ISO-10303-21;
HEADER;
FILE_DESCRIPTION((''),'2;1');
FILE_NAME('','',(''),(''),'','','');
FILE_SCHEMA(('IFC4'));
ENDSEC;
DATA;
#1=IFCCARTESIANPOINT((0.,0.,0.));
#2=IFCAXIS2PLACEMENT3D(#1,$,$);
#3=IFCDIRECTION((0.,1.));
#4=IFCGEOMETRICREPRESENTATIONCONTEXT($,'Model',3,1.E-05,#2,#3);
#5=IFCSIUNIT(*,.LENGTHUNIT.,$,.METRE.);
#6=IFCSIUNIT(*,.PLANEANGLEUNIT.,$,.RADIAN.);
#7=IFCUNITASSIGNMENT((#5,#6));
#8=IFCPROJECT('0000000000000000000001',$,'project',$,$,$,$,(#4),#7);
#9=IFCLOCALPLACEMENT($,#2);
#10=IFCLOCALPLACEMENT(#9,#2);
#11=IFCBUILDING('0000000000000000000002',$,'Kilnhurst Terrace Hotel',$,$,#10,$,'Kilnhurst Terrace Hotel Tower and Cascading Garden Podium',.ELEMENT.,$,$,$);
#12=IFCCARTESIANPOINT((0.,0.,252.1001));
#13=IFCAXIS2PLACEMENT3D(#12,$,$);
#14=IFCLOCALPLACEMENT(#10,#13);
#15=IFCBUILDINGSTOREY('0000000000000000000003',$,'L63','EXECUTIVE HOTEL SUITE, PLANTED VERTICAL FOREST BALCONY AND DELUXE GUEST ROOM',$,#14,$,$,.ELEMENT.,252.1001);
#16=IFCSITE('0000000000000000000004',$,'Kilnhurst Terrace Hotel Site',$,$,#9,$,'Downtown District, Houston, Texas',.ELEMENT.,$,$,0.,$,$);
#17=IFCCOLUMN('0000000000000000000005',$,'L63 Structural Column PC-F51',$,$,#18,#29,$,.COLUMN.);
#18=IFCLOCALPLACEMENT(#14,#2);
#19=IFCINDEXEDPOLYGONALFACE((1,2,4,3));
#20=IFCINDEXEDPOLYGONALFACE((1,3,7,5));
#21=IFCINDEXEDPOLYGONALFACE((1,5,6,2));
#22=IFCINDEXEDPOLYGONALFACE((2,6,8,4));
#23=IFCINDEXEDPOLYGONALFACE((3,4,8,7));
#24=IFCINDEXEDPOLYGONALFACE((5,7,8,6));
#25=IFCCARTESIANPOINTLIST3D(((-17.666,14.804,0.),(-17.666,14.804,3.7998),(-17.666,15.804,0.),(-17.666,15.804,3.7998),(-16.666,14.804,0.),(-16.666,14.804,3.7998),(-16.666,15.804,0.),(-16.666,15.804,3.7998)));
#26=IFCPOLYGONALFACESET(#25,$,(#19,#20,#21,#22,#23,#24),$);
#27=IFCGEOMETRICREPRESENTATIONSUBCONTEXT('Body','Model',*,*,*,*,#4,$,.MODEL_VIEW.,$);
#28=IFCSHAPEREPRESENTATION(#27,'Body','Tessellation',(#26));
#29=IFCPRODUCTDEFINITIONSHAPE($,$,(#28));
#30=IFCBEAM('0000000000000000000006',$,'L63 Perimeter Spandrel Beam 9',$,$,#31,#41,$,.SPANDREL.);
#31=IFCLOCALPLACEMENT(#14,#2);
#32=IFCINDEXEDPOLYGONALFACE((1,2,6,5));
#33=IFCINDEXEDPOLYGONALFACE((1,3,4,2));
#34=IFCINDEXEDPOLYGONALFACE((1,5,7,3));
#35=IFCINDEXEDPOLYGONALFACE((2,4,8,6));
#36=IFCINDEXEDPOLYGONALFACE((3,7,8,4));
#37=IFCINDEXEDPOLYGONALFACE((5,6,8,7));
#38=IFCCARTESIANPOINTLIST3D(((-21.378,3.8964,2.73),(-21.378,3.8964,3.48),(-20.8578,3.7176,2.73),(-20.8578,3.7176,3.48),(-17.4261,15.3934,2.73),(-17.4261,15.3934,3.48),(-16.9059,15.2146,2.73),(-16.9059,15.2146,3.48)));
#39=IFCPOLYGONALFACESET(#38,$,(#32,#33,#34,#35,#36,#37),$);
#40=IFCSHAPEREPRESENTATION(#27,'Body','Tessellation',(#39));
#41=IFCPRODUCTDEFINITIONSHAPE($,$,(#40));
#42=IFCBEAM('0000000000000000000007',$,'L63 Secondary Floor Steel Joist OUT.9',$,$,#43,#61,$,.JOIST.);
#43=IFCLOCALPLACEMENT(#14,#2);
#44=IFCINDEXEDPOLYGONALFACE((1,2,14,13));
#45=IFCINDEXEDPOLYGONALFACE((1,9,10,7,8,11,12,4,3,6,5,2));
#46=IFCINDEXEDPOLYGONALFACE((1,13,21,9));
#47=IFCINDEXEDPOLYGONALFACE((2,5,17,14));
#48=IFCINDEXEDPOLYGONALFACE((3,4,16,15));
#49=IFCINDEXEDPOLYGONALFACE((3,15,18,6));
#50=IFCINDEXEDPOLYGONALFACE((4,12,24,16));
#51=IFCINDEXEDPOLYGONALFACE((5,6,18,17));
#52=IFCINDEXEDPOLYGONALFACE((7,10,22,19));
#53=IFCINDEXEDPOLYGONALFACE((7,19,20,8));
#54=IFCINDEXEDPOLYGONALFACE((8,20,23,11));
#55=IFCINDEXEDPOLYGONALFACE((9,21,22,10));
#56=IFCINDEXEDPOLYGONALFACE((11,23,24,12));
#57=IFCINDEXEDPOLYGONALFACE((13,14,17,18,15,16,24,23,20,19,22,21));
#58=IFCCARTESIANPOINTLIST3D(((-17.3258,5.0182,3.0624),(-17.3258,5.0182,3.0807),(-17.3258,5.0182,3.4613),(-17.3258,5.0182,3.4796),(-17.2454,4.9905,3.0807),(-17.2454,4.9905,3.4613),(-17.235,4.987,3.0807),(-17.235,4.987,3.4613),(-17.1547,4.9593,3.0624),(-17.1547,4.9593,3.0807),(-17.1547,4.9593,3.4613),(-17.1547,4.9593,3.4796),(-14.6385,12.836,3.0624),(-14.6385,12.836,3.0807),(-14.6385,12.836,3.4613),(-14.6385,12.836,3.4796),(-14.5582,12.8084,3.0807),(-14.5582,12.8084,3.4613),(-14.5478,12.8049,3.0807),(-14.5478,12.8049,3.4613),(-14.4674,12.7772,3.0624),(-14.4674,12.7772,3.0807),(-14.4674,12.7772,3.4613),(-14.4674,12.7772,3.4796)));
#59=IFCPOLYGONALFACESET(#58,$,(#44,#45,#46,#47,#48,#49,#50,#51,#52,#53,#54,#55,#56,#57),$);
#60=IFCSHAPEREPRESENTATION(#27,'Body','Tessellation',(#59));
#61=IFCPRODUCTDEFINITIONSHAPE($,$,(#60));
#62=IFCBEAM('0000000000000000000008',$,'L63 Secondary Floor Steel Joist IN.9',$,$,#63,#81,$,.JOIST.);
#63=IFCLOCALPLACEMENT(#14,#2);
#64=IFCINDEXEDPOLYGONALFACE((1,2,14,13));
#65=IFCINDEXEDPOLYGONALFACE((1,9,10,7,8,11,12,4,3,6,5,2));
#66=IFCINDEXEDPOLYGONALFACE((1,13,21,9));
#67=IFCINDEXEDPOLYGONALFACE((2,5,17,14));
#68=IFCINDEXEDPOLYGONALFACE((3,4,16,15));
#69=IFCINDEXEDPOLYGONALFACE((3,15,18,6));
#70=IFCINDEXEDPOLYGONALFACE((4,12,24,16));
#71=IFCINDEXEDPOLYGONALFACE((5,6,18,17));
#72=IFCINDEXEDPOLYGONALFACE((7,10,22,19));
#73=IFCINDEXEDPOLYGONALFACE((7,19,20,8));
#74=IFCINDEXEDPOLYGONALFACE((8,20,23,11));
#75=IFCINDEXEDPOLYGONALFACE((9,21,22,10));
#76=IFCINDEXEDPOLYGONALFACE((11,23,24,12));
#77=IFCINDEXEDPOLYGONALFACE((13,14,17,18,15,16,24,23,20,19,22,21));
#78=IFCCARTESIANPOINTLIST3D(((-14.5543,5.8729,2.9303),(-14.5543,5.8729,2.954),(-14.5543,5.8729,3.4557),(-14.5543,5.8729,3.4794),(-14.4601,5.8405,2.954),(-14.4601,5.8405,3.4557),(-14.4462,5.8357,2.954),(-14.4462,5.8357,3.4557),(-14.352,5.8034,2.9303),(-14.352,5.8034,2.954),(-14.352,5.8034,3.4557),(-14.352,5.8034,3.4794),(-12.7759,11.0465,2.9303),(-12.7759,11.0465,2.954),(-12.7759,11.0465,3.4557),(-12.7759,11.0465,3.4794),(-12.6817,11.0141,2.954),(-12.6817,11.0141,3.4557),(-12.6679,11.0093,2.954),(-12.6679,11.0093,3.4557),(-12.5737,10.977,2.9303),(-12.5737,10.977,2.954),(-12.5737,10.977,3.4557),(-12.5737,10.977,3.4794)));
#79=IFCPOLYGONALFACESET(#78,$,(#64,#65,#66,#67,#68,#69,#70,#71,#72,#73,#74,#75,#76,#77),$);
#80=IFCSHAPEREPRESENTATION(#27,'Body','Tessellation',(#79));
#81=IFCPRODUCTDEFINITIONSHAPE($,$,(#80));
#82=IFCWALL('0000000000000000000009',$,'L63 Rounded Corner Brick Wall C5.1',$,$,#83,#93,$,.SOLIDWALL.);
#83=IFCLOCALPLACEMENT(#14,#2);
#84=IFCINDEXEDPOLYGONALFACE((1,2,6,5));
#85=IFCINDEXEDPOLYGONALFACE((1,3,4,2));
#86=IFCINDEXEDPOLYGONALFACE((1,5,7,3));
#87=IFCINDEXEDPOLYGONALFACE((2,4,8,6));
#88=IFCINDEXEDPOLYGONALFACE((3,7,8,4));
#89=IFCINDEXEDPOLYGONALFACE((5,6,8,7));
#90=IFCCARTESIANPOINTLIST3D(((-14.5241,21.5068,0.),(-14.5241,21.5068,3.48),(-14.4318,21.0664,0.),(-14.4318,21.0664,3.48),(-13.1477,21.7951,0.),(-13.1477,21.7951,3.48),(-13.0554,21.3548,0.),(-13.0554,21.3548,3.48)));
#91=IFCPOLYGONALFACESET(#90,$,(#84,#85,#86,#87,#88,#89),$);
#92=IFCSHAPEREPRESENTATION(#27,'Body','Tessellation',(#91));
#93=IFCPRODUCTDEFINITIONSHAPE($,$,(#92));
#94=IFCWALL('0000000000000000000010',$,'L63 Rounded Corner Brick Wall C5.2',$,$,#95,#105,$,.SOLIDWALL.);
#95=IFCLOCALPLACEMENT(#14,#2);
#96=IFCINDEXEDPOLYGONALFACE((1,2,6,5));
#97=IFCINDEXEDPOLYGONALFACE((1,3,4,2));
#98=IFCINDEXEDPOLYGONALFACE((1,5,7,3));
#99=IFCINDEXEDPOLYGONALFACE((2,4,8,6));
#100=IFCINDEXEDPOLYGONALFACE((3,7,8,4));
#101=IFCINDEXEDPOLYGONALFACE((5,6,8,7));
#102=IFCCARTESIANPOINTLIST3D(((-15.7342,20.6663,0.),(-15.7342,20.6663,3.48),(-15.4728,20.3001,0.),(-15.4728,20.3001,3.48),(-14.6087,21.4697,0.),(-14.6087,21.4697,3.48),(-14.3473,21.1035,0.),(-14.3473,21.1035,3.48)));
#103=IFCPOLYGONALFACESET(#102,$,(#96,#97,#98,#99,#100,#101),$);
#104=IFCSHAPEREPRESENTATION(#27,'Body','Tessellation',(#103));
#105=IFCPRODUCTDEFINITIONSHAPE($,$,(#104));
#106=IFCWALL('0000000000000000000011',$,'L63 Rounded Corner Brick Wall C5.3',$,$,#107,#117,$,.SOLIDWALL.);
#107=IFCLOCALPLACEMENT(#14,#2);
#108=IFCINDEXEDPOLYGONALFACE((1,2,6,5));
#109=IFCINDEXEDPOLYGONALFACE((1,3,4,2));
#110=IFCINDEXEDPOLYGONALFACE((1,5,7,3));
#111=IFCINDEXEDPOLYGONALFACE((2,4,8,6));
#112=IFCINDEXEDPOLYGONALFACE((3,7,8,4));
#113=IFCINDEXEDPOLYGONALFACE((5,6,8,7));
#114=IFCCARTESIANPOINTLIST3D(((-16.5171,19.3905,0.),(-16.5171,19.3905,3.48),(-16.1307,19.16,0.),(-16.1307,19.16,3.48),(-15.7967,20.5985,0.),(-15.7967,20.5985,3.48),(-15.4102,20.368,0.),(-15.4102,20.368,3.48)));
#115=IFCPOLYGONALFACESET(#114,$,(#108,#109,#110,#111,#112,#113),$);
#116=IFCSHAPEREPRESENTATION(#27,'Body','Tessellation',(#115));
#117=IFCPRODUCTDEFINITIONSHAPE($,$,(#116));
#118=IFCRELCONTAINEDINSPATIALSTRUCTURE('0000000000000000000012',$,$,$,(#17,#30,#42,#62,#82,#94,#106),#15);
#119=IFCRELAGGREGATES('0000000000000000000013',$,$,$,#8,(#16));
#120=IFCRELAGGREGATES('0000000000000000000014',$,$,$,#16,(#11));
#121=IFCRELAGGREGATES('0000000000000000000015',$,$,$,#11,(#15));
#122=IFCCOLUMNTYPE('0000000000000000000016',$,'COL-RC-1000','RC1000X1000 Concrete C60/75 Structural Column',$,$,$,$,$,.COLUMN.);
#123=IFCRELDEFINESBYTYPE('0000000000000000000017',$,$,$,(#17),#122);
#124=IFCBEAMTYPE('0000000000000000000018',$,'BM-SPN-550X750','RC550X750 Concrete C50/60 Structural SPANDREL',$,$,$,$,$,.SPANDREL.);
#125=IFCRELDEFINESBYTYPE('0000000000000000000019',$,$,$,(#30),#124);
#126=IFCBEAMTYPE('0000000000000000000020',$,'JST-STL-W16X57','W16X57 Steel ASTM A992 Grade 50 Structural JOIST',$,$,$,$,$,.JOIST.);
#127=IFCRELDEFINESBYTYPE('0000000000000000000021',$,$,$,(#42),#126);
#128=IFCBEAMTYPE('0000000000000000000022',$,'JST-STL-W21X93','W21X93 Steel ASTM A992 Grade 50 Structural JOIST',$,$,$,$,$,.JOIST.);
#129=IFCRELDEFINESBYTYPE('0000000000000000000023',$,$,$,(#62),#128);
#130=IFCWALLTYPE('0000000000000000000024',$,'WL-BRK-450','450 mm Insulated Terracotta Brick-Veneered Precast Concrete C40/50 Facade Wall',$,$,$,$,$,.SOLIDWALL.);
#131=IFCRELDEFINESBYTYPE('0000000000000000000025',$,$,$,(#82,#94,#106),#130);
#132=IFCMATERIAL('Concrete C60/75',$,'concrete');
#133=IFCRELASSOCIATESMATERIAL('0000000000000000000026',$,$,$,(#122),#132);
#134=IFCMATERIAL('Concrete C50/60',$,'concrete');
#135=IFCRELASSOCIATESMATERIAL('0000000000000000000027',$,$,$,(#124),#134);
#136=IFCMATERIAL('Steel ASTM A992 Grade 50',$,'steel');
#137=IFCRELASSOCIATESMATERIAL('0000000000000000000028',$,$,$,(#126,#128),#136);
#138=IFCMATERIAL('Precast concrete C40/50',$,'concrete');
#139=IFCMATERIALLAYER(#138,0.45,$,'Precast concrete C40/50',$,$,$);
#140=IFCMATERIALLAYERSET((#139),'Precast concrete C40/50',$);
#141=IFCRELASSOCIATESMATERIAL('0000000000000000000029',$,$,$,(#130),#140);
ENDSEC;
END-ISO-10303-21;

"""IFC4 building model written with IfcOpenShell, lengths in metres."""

from ifc_helpers import new_model, si_unit, direction, frame, frame_2d, origin, origin_2d, place, context, subcontext, project, spatial, rectangle, i_section, extrude, material, layer, layer_set, material_profile, profile_set, type_object, element, save


model = new_model("IFC4")

# Units and contexts
model_context = context("Model", 3, precision=1e-05, world=origin(), true_north=direction((0.0, 1.0)))
body_context = subcontext(model_context, "Body", "Model", "MODEL_VIEW")
ifc_project = project(units=[si_unit("LENGTHUNIT", "METRE"), si_unit("PLANEANGLEUNIT", "RADIAN")], contexts=[model_context])

# Site, building, storey
site_placement = place(None, origin())
site = spatial("IfcSite", under=ifc_project, at=site_placement, Name="Kilnhurst Terrace Hotel Site", LongName="Downtown District, Houston, Texas", CompositionType="ELEMENT", RefElevation=0.0)
building_placement = place(site_placement, origin())
building = spatial("IfcBuilding", under=site, at=building_placement, Name="Kilnhurst Terrace Hotel", LongName="Kilnhurst Terrace Hotel Tower and Cascading Garden Podium", CompositionType="ELEMENT")
storey_placement = place(building_placement, frame((0.0, 0.0, 252.1001)))
storey = spatial("IfcBuildingStorey", under=building, at=storey_placement, Name="L63", Description="EXECUTIVE HOTEL SUITE, PLANTED VERTICAL FOREST BALCONY AND DELUXE GUEST ROOM", CompositionType="ELEMENT", Elevation=252.1001)

# Column
ifc_material_1 = material(Name="Concrete C60/75", Category="concrete")
ifc_material_profile_1 = material_profile(ifc_material_1, rectangle(XDim=1.0, YDim=1.0, at=origin_2d()), Name="RC1000X1000")
ifc_profile_set_1 = profile_set([ifc_material_profile_1], Name="Concrete C60/75")
column_type = type_object("IfcColumnType", Name="COL-RC-1000", Description="RC1000X1000 Concrete C60/75 Structural Column", PredefinedType="COLUMN", material=ifc_profile_set_1)
column_placement = place(storey_placement, frame((-17.166, 15.304, 0.0), z_axis=(0.0, 0.0, 1.0), x_axis=(1.0, 0.0, 0.0)))
element("IfcColumn", 1, at=column_placement, inside=storey, type_object=column_type, Name="L63 Structural Column PC-F51", PredefinedType="COLUMN", context=body_context, shape_type="SweptSolid", body=[
    extrude(rectangle(XDim=1.0, YDim=1.0, at=origin_2d()), origin(), (0.0, 0.0, 1.0), 3.7998),
])

# Beams
ifc_material_2 = material(Name="Concrete C50/60", Category="concrete")
ifc_material_profile_2 = material_profile(ifc_material_2, rectangle(XDim=0.55, YDim=0.75, at=origin_2d()), Name="RC550X750")
ifc_profile_set_2 = profile_set([ifc_material_profile_2], Name="Concrete C50/60")
beam_type_1 = type_object("IfcBeamType", Name="BM-SPN-550X750", Description="RC550X750 Concrete C50/60 Structural SPANDREL", PredefinedType="SPANDREL", material=ifc_profile_set_2)
beam_1_placement = place(storey_placement, frame((-17.166, 15.304, 3.105), z_axis=(-0.325064, -0.945692, 0.0), x_axis=(0.945692, -0.325064, 0.0)))
element("IfcBeam", 2, at=beam_1_placement, inside=storey, type_object=beam_type_1, Name="L63 Perimeter Spandrel Beam 9", PredefinedType="SPANDREL", context=body_context, shape_type="SweptSolid", body=[
    extrude(rectangle(XDim=0.55, YDim=0.75, at=origin_2d()), origin(), (0.0, 0.0, 1.0), 12.1572),
])
ifc_material_3 = material(Name="Steel ASTM A992 Grade 50", Category="steel")
ifc_material_profile_3 = material_profile(ifc_material_3, i_section(OverallWidth=0.1809, OverallDepth=0.4172, WebThickness=0.011, FlangeThickness=0.0183, at=origin_2d()), Name="W16X57")
ifc_profile_set_3 = profile_set([ifc_material_profile_3], Name="Steel ASTM A992 Grade 50")
beam_type_2 = type_object("IfcBeamType", Name="JST-STL-W16X57", Description="W16X57 Steel ASTM A992 Grade 50 Structural JOIST", PredefinedType="JOIST", material=ifc_profile_set_3)
beam_2_placement = place(storey_placement, frame((-14.553, 12.8066, 3.271), z_axis=(-0.325065, -0.945692, 0.0), x_axis=(0.945692, -0.325065, 0.0)))
element("IfcBeam", 3, at=beam_2_placement, inside=storey, type_object=beam_type_2, Name="L63 Secondary Floor Steel Joist OUT.9", PredefinedType="JOIST", context=body_context, shape_type="SweptSolid", body=[
    extrude(i_section(OverallWidth=0.1809, OverallDepth=0.4172, WebThickness=0.011, FlangeThickness=0.0183, at=origin_2d()), origin(), (0.0, 0.0, 1.0), 8.2668),
])
ifc_material_profile_4 = material_profile(ifc_material_3, i_section(OverallWidth=0.2139, OverallDepth=0.5491, WebThickness=0.0146, FlangeThickness=0.0237, at=origin_2d()), Name="W21X93")
ifc_profile_set_4 = profile_set([ifc_material_profile_4], Name="Steel ASTM A992 Grade 50")
beam_type_3 = type_object("IfcBeamType", Name="JST-STL-W21X93", Description="W21X93 Steel ASTM A992 Grade 50 Structural JOIST", PredefinedType="JOIST", material=ifc_profile_set_4)
beam_3_placement = place(storey_placement, frame((-12.6748, 11.0117, 3.2048), z_axis=(-0.325064, -0.945692, 0.0), x_axis=(0.945692, -0.325064, 0.0)))
element("IfcBeam", 4, at=beam_3_placement, inside=storey, type_object=beam_type_3, Name="L63 Secondary Floor Steel Joist IN.9", PredefinedType="JOIST", context=body_context, shape_type="SweptSolid", body=[
    extrude(i_section(OverallWidth=0.2139, OverallDepth=0.5491, WebThickness=0.0146, FlangeThickness=0.0237, at=origin_2d()), origin(), (0.0, 0.0, 1.0), 5.4707),
])

# Walls
ifc_material_4 = material(Name="Precast concrete C40/50", Category="concrete")
ifc_layer_1 = layer(ifc_material_4, 0.45, Name="Precast concrete C40/50")
ifc_layer_set_1 = layer_set([ifc_layer_1], Name="Precast concrete C40/50")
wall_type_1 = type_object("IfcWallType", Name="WL-BRK-450", Description="450 mm Insulated Terracotta Brick-Veneered Precast Concrete C40/50 Facade Wall", PredefinedType="SOLIDWALL", material=ifc_layer_set_1)
wall_1_placement = place(storey_placement, frame((-13.1016, 21.575, 0.0), z_axis=(0.0, 0.0, 1.0), x_axis=(-0.978757, -0.205022, 0.0)))
element("IfcWall", 5, at=wall_1_placement, inside=storey, type_object=wall_type_1, Name="L63 Rounded Corner Brick Wall C5.1", PredefinedType="SOLIDWALL", context=body_context, shape_type="SweptSolid", body=[
    extrude(rectangle(XDim=1.4062, YDim=0.45, at=frame_2d((0.7031, 0.0))), origin(), (0.0, 0.0, 1.0), 3.48),
])
wall_2_placement = place(storey_placement, frame((-14.478, 21.2866, 0.0), z_axis=(0.0, 0.0, 1.0), x_axis=(-0.813889, -0.581021, 0.0)))
element("IfcWall", 6, at=wall_2_placement, inside=storey, type_object=wall_type_1, Name="L63 Rounded Corner Brick Wall C5.2", PredefinedType="SOLIDWALL", context=body_context, shape_type="SweptSolid", body=[
    extrude(rectangle(XDim=1.3828, YDim=0.45, at=frame_2d((0.6914, 0.0))), origin(), (0.0, 0.0, 1.0), 3.48),
])
wall_3_placement = place(storey_placement, frame((-15.6035, 20.4832, 0.0), z_axis=(0.0, 0.0, 1.0), x_axis=(-0.512222, -0.858853, 0.0)))
element("IfcWall", 7, at=wall_3_placement, inside=storey, type_object=wall_type_1, Name="L63 Rounded Corner Brick Wall C5.3", PredefinedType="SOLIDWALL", context=body_context, shape_type="SweptSolid", body=[
    extrude(rectangle(XDim=1.4065, YDim=0.45, at=frame_2d((0.7031, 0.0))), origin(), (0.0, 0.0, 1.0), 3.48),
])

save(model, "model.ifc")
